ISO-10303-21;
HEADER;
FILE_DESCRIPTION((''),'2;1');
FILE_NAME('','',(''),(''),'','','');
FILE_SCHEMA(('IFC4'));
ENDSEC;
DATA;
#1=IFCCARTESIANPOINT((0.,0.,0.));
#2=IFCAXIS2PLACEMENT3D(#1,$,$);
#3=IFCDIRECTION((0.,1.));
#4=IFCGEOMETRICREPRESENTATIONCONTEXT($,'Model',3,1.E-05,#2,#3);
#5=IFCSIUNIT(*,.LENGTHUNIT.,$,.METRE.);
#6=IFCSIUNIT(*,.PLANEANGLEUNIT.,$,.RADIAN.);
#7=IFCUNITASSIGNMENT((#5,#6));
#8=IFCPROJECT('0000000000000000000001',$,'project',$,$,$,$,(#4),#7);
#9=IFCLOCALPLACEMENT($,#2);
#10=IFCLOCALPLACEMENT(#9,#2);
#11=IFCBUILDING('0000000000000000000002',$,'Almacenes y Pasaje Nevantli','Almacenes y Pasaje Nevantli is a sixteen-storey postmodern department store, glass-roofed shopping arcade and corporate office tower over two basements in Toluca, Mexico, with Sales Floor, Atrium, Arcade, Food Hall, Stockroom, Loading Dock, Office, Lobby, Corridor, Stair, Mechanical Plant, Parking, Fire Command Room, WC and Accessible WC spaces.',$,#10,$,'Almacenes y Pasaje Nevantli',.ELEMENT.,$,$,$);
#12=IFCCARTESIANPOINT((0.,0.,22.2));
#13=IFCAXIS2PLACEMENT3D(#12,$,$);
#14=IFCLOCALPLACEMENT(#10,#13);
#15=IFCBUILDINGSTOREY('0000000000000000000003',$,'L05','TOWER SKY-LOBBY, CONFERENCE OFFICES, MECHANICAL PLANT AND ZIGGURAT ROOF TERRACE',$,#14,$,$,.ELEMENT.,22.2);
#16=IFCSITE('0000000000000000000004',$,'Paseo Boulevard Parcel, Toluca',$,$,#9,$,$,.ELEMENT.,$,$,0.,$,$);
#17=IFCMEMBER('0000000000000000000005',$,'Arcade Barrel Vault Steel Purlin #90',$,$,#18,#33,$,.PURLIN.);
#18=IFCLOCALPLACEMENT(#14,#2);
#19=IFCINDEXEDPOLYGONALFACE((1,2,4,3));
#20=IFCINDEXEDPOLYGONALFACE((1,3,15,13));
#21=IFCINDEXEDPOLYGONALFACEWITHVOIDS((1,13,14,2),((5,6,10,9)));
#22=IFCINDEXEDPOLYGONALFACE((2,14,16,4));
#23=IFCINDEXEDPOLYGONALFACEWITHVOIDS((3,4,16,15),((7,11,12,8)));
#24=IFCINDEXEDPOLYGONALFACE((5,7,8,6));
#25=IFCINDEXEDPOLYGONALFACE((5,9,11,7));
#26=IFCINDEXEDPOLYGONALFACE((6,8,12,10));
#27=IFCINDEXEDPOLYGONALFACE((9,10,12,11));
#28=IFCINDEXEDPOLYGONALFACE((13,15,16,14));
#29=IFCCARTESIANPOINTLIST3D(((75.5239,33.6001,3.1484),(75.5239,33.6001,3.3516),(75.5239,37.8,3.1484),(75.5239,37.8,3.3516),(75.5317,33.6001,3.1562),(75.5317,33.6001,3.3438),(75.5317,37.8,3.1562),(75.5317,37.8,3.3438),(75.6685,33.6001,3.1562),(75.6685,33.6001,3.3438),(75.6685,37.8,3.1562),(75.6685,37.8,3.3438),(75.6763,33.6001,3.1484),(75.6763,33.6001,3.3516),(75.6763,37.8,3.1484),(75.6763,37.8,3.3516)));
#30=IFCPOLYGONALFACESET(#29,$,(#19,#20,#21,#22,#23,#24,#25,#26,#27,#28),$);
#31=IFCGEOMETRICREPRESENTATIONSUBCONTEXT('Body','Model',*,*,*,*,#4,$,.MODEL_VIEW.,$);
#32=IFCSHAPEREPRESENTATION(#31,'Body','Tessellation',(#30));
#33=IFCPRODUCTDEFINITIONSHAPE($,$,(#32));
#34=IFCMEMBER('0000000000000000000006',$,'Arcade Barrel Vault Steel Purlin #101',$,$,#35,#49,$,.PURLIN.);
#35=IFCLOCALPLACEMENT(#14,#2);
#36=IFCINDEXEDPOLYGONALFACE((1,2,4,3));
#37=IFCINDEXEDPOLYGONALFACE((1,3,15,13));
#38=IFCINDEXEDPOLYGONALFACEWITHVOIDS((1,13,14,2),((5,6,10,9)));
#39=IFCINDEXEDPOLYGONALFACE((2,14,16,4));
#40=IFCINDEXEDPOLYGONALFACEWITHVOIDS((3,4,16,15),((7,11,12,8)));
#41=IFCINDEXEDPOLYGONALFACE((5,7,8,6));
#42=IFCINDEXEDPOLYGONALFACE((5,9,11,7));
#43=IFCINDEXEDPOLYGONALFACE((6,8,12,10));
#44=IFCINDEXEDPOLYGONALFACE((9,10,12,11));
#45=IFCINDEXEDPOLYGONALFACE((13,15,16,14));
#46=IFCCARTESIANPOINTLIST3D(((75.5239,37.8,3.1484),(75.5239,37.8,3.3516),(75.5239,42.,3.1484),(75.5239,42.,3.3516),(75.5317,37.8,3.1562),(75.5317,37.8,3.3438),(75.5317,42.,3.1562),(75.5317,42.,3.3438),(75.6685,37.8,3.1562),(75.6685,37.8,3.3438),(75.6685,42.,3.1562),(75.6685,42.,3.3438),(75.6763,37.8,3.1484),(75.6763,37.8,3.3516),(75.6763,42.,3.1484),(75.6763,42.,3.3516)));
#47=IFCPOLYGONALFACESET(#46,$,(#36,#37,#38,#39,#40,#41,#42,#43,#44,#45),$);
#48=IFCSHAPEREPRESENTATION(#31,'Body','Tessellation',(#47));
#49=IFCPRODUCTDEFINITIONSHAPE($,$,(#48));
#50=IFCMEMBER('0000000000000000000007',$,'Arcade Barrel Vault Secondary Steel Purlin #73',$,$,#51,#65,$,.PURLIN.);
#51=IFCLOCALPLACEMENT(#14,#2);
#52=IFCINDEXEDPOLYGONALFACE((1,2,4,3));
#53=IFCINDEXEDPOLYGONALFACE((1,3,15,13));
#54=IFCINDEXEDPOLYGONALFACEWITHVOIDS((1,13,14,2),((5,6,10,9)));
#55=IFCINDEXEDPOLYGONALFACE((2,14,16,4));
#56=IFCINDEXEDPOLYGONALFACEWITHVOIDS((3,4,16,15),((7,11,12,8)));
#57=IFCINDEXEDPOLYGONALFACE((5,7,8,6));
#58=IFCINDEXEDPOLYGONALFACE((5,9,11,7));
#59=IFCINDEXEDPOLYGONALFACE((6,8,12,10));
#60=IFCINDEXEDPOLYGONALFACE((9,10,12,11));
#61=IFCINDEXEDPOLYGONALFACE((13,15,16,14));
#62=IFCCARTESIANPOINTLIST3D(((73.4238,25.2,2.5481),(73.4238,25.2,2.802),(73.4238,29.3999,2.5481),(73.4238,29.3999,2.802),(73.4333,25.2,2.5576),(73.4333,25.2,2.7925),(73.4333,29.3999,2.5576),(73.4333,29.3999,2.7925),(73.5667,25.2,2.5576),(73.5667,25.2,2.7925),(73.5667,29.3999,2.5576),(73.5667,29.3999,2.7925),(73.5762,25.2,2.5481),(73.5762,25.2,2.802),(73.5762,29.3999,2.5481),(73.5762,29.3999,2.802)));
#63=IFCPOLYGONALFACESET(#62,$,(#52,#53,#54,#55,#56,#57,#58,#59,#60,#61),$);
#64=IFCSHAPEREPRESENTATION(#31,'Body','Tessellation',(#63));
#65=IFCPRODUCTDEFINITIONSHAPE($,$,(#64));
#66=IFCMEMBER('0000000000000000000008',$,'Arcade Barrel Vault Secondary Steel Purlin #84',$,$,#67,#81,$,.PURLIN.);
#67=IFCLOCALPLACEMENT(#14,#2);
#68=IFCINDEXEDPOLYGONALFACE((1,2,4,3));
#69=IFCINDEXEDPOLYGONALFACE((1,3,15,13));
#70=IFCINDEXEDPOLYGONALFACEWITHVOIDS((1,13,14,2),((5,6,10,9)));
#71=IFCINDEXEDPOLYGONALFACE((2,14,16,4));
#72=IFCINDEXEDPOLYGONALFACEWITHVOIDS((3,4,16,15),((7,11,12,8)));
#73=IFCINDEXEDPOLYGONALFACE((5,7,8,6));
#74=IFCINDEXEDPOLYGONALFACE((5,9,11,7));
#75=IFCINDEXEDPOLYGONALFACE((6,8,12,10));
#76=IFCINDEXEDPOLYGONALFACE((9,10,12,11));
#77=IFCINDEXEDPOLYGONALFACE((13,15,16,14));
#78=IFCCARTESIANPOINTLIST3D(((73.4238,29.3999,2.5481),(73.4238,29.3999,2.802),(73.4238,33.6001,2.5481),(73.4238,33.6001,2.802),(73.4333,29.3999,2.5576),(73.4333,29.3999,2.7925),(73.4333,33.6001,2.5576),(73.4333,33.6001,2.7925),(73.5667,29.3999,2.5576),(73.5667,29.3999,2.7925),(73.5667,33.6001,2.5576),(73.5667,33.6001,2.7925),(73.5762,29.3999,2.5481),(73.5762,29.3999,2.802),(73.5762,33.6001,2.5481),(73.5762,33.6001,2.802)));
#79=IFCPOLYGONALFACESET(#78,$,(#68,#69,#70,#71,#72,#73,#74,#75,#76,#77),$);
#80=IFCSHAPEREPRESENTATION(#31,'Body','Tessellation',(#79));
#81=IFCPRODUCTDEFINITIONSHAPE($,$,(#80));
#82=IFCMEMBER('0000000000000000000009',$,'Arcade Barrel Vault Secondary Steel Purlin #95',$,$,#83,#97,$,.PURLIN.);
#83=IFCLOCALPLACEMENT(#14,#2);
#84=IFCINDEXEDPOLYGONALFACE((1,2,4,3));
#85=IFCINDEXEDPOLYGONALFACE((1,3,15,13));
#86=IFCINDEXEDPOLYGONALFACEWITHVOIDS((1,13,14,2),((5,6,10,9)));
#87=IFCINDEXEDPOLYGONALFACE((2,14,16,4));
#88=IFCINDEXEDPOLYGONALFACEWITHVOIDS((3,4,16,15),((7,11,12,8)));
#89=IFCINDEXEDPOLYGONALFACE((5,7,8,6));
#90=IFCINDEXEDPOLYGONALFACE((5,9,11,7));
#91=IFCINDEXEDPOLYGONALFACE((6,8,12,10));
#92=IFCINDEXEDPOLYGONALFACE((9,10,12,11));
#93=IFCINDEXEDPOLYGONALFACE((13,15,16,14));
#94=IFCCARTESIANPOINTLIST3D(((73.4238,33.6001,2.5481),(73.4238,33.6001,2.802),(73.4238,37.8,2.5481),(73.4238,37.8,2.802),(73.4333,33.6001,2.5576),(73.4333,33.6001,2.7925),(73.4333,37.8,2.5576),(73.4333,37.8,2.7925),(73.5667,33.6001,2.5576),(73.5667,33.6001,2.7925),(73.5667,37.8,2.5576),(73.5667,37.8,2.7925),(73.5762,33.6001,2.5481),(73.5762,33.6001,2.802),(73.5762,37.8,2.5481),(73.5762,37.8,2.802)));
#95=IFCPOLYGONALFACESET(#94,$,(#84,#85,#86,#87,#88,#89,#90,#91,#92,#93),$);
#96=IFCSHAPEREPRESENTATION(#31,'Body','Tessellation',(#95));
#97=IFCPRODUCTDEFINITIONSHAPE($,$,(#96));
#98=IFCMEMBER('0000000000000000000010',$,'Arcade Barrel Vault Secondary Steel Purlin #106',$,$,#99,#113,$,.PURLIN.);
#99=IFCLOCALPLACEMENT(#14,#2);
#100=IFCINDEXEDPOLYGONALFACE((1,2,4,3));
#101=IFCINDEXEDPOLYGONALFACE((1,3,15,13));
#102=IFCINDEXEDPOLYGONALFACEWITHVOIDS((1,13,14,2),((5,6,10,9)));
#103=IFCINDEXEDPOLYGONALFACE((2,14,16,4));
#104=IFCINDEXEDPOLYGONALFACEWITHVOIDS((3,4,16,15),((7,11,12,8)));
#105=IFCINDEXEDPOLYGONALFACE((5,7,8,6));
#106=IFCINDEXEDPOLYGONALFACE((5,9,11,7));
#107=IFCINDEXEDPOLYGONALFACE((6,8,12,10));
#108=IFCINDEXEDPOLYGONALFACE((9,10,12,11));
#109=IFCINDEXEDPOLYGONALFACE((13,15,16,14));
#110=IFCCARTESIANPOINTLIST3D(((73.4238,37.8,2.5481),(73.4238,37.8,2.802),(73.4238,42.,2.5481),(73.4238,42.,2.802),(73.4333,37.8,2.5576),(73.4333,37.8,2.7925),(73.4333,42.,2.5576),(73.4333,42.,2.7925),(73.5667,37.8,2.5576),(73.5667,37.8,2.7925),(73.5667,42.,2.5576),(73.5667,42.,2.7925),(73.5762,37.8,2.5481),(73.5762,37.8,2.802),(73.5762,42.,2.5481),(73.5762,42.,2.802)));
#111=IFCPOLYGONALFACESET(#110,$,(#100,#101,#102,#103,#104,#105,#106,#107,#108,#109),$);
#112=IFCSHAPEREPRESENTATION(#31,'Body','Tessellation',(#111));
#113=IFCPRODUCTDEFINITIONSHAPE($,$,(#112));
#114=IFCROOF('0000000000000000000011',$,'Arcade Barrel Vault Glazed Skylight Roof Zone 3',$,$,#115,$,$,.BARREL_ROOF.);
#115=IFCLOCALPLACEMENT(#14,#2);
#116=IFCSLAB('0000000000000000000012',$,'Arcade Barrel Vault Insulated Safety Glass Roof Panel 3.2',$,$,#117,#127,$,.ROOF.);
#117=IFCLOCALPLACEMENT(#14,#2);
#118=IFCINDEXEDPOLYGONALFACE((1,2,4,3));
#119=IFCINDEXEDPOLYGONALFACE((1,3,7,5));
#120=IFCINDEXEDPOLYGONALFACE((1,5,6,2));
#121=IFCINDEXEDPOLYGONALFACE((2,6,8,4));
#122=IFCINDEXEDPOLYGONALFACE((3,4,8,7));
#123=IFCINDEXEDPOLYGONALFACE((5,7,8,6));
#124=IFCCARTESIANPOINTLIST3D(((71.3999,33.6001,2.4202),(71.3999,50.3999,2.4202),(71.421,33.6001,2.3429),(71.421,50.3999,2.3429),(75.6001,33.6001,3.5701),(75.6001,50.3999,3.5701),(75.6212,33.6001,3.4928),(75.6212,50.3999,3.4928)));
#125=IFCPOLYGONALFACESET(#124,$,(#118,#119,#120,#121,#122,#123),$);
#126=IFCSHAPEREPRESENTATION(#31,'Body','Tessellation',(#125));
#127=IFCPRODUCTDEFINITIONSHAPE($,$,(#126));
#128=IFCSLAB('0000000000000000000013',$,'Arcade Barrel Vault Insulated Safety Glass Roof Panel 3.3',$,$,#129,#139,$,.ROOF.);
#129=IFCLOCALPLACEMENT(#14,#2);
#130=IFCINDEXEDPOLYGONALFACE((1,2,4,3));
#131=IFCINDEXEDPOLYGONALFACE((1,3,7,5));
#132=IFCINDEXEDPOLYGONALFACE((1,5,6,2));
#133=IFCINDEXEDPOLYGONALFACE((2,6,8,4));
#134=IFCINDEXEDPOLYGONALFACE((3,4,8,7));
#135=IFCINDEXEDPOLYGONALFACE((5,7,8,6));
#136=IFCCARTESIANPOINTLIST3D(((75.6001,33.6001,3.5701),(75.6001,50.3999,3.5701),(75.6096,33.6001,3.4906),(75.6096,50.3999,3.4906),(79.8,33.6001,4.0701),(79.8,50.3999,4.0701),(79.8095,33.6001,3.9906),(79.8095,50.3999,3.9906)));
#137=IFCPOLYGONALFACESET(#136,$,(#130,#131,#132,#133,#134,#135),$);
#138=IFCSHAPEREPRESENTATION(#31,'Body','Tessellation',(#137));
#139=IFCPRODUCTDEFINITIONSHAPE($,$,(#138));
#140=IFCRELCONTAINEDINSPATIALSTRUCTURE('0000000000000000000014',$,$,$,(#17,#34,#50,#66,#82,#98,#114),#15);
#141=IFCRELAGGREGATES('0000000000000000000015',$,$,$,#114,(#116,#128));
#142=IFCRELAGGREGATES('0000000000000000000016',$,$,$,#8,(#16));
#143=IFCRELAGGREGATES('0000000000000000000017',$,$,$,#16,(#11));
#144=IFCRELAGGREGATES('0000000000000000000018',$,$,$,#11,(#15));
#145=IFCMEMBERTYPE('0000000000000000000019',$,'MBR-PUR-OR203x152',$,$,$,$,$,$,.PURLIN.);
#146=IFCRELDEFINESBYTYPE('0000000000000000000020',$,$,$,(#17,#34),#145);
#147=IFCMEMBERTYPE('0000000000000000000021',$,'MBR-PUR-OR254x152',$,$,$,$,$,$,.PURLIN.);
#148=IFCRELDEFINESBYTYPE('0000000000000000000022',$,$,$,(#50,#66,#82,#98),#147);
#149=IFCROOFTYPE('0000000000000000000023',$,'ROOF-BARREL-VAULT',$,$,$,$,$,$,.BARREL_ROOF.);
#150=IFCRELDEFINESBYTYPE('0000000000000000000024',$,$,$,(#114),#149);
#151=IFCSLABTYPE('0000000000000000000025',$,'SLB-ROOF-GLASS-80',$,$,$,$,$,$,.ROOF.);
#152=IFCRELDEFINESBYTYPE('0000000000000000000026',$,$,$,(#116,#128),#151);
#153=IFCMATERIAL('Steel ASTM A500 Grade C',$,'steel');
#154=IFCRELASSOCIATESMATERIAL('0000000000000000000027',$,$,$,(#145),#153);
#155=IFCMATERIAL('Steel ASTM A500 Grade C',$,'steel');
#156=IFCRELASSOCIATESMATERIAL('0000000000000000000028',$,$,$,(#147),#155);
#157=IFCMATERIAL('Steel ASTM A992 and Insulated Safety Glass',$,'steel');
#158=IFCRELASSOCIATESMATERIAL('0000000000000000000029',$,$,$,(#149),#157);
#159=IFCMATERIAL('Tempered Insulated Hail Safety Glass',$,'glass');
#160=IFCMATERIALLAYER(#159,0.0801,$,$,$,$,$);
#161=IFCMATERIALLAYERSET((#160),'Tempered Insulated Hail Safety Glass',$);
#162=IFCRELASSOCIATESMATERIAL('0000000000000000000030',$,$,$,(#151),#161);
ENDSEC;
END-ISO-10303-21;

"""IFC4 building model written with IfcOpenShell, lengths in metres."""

from ifc_helpers import new_model, si_unit, direction, frame, origin, origin_2d, place, context, subcontext, project, spatial, polyline, hollow_rectangle, outline, extrude, material, layer, layer_set, material_profile, profile_set, type_object, element, aggregate, save


model = new_model("IFC4")

# Units and contexts
model_context = context("Model", 3, precision=1e-05, world=origin(), true_north=direction((0.0, 1.0)))
body_context = subcontext(model_context, "Body", "Model", "MODEL_VIEW")
ifc_project = project(units=[si_unit("LENGTHUNIT", "METRE"), si_unit("PLANEANGLEUNIT", "RADIAN")], contexts=[model_context])

# Site, building, storey
site_placement = place(None, origin())
site = spatial("IfcSite", under=ifc_project, at=site_placement, Name="Paseo Boulevard Parcel, Toluca", CompositionType="ELEMENT", RefElevation=0.0)
building_placement = place(site_placement, origin())
building = spatial("IfcBuilding", under=site, at=building_placement, Name="Almacenes y Pasaje Nevantli", Description="Almacenes y Pasaje Nevantli is a sixteen-storey postmodern department store, glass-roofed shopping arcade and corporate office tower over two basements in Toluca, Mexico, with Sales Floor, Atrium, Arcade, Food Hall, Stockroom, Loading Dock, Office, Lobby, Corridor, Stair, Mechanical Plant, Parking, Fire Command Room, WC and Accessible WC spaces.", LongName="Almacenes y Pasaje Nevantli", CompositionType="ELEMENT")
storey_placement = place(building_placement, frame((0.0, 0.0, 22.2)))
storey = spatial("IfcBuildingStorey", under=building, at=storey_placement, Name="L05", Description="TOWER SKY-LOBBY, CONFERENCE OFFICES, MECHANICAL PLANT AND ZIGGURAT ROOF TERRACE", CompositionType="ELEMENT", Elevation=22.2)

# Members
ifc_material_1 = material(Name="Steel ASTM A500 Grade C", Category="steel")
ifc_material_profile_1 = material_profile(ifc_material_1, hollow_rectangle(XDim=0.1523, YDim=0.2031, WallThickness=0.0078, at=origin_2d()), Name="OR 203x152x7.9")
ifc_profile_set_1 = profile_set([ifc_material_profile_1], Name="Steel ASTM A500 Grade C")
member_type_1 = type_object("IfcMemberType", Name="MBR-PUR-OR203x152", PredefinedType="PURLIN", material=ifc_profile_set_1)
for number, where, z_axis, x_axis, name in (
    (1, (75.6001, 33.6001, 3.25), (0.0, 1.0, 0.0), (-1.0, 0.0, 0.0), "Arcade Barrel Vault Steel Purlin #90"),
    (2, (75.6001, 37.8, 3.25), (0.0, 1.0, 0.0), (-1.0, 0.0, 0.0), "Arcade Barrel Vault Steel Purlin #101"),
):
    element("IfcMember", number, at=place(storey_placement, frame(where, z_axis=z_axis, x_axis=x_axis)), inside=storey, type_object=member_type_1, Name=name, PredefinedType="PURLIN", context=body_context, shape_type="SweptSolid", body=[
        extrude(hollow_rectangle(XDim=0.1523, YDim=0.2031, WallThickness=0.0078, at=origin_2d()), origin(), (0.0, 0.0, 1.0), 4.2),
    ])
ifc_material_2 = material(Name="Steel ASTM A500 Grade C", Category="steel")
ifc_material_profile_2 = material_profile(ifc_material_2, hollow_rectangle(XDim=0.1523, YDim=0.2539, WallThickness=0.0095, at=origin_2d()), Name="OR 254x152x9.5")
ifc_profile_set_2 = profile_set([ifc_material_profile_2], Name="Steel ASTM A500 Grade C")
member_type_2 = type_object("IfcMemberType", Name="MBR-PUR-OR254x152", PredefinedType="PURLIN", material=ifc_profile_set_2)
member_1_placement = place(storey_placement, frame((73.5, 25.2, 2.675), z_axis=(0.0, 1.0, 0.0), x_axis=(-1.0, 0.0, 0.0)))
element("IfcMember", 3, at=member_1_placement, inside=storey, type_object=member_type_2, Name="Arcade Barrel Vault Secondary Steel Purlin #73", PredefinedType="PURLIN", context=body_context, shape_type="SweptSolid", body=[
    extrude(hollow_rectangle(XDim=0.1523, YDim=0.2539, WallThickness=0.0095, at=origin_2d()), origin(), (0.0, 0.0, 1.0), 4.2),
])
member_2_placement = place(storey_placement, frame((73.5, 29.3999, 2.675), z_axis=(0.0, 1.0, 0.0), x_axis=(-1.0, 0.0, 0.0)))
element("IfcMember", 4, at=member_2_placement, inside=storey, type_object=member_type_2, Name="Arcade Barrel Vault Secondary Steel Purlin #84", PredefinedType="PURLIN", context=body_context, shape_type="SweptSolid", body=[
    extrude(hollow_rectangle(XDim=0.1523, YDim=0.2539, WallThickness=0.0095, at=origin_2d()), origin(), (0.0, 0.0, 1.0), 4.2002),
])
for number, where, z_axis, x_axis, name in (
    (5, (73.5, 33.6001, 2.675), (0.0, 1.0, 0.0), (-1.0, 0.0, 0.0), "Arcade Barrel Vault Secondary Steel Purlin #95"),
    (6, (73.5, 37.8, 2.675), (0.0, 1.0, 0.0), (-1.0, 0.0, 0.0), "Arcade Barrel Vault Secondary Steel Purlin #106"),
):
    element("IfcMember", number, at=place(storey_placement, frame(where, z_axis=z_axis, x_axis=x_axis)), inside=storey, type_object=member_type_2, Name=name, PredefinedType="PURLIN", context=body_context, shape_type="SweptSolid", body=[
        extrude(hollow_rectangle(XDim=0.1523, YDim=0.2539, WallThickness=0.0095, at=origin_2d()), origin(), (0.0, 0.0, 1.0), 4.2),
    ])

# Roof, slabs
ifc_material_3 = material(Name="Steel ASTM A992 and Insulated Safety Glass", Category="steel")
roof_type = type_object("IfcRoofType", Name="ROOF-BARREL-VAULT", PredefinedType="BARREL_ROOF", material=ifc_material_3)
roof_placement = place(storey_placement, origin())
roof = element("IfcRoof", 7, at=roof_placement, inside=storey, type_object=roof_type, Name="Arcade Barrel Vault Glazed Skylight Roof Zone 3", PredefinedType="BARREL_ROOF")
ifc_material_4 = material(Name="Tempered Insulated Hail Safety Glass", Category="glass")
ifc_layer = layer(ifc_material_4, 0.0801)
ifc_layer_set = layer_set([ifc_layer], Name="Tempered Insulated Hail Safety Glass")
slab_type = type_object("IfcSlabType", Name="SLB-ROOF-GLASS-80", PredefinedType="ROOF", material=ifc_layer_set)
slab_1_placement = place(storey_placement, frame((71.3999, 33.6001, 2.4202), z_axis=(-0.264057, 0.0, 0.964507), x_axis=(0.964507, 0.0, 0.264057)))
slab_1 = element("IfcSlab", 8, at=slab_1_placement, type_object=slab_type, Name="Arcade Barrel Vault Insulated Safety Glass Roof Panel 3.2", PredefinedType="ROOF", context=body_context, shape_type="SweptSolid", body=[
    extrude(outline(polyline([(0.0, 0.0), (4.3548, 0.0), (4.3548, 16.7998), (0.0, 16.7998), (0.0, 0.0)])), origin(), (0.0, 0.0, -1.0), 0.0801),
])
slab_2_placement = place(storey_placement, frame((75.6001, 33.6001, 3.5701), z_axis=(-0.118214, 0.0, 0.992988), x_axis=(0.992988, 0.0, 0.118214)))
slab_2 = element("IfcSlab", 9, at=slab_2_placement, type_object=slab_type, Name="Arcade Barrel Vault Insulated Safety Glass Roof Panel 3.3", PredefinedType="ROOF", context=body_context, shape_type="SweptSolid", body=[
    extrude(outline(polyline([(0.0, 0.0), (4.2296, 0.0), (4.2296, 16.7998), (0.0, 16.7998), (0.0, 0.0)])), origin(), (0.0, 0.0, -1.0), 0.0801),
])
aggregate(roof, [slab_1, slab_2])

save(model, "model.ifc")
